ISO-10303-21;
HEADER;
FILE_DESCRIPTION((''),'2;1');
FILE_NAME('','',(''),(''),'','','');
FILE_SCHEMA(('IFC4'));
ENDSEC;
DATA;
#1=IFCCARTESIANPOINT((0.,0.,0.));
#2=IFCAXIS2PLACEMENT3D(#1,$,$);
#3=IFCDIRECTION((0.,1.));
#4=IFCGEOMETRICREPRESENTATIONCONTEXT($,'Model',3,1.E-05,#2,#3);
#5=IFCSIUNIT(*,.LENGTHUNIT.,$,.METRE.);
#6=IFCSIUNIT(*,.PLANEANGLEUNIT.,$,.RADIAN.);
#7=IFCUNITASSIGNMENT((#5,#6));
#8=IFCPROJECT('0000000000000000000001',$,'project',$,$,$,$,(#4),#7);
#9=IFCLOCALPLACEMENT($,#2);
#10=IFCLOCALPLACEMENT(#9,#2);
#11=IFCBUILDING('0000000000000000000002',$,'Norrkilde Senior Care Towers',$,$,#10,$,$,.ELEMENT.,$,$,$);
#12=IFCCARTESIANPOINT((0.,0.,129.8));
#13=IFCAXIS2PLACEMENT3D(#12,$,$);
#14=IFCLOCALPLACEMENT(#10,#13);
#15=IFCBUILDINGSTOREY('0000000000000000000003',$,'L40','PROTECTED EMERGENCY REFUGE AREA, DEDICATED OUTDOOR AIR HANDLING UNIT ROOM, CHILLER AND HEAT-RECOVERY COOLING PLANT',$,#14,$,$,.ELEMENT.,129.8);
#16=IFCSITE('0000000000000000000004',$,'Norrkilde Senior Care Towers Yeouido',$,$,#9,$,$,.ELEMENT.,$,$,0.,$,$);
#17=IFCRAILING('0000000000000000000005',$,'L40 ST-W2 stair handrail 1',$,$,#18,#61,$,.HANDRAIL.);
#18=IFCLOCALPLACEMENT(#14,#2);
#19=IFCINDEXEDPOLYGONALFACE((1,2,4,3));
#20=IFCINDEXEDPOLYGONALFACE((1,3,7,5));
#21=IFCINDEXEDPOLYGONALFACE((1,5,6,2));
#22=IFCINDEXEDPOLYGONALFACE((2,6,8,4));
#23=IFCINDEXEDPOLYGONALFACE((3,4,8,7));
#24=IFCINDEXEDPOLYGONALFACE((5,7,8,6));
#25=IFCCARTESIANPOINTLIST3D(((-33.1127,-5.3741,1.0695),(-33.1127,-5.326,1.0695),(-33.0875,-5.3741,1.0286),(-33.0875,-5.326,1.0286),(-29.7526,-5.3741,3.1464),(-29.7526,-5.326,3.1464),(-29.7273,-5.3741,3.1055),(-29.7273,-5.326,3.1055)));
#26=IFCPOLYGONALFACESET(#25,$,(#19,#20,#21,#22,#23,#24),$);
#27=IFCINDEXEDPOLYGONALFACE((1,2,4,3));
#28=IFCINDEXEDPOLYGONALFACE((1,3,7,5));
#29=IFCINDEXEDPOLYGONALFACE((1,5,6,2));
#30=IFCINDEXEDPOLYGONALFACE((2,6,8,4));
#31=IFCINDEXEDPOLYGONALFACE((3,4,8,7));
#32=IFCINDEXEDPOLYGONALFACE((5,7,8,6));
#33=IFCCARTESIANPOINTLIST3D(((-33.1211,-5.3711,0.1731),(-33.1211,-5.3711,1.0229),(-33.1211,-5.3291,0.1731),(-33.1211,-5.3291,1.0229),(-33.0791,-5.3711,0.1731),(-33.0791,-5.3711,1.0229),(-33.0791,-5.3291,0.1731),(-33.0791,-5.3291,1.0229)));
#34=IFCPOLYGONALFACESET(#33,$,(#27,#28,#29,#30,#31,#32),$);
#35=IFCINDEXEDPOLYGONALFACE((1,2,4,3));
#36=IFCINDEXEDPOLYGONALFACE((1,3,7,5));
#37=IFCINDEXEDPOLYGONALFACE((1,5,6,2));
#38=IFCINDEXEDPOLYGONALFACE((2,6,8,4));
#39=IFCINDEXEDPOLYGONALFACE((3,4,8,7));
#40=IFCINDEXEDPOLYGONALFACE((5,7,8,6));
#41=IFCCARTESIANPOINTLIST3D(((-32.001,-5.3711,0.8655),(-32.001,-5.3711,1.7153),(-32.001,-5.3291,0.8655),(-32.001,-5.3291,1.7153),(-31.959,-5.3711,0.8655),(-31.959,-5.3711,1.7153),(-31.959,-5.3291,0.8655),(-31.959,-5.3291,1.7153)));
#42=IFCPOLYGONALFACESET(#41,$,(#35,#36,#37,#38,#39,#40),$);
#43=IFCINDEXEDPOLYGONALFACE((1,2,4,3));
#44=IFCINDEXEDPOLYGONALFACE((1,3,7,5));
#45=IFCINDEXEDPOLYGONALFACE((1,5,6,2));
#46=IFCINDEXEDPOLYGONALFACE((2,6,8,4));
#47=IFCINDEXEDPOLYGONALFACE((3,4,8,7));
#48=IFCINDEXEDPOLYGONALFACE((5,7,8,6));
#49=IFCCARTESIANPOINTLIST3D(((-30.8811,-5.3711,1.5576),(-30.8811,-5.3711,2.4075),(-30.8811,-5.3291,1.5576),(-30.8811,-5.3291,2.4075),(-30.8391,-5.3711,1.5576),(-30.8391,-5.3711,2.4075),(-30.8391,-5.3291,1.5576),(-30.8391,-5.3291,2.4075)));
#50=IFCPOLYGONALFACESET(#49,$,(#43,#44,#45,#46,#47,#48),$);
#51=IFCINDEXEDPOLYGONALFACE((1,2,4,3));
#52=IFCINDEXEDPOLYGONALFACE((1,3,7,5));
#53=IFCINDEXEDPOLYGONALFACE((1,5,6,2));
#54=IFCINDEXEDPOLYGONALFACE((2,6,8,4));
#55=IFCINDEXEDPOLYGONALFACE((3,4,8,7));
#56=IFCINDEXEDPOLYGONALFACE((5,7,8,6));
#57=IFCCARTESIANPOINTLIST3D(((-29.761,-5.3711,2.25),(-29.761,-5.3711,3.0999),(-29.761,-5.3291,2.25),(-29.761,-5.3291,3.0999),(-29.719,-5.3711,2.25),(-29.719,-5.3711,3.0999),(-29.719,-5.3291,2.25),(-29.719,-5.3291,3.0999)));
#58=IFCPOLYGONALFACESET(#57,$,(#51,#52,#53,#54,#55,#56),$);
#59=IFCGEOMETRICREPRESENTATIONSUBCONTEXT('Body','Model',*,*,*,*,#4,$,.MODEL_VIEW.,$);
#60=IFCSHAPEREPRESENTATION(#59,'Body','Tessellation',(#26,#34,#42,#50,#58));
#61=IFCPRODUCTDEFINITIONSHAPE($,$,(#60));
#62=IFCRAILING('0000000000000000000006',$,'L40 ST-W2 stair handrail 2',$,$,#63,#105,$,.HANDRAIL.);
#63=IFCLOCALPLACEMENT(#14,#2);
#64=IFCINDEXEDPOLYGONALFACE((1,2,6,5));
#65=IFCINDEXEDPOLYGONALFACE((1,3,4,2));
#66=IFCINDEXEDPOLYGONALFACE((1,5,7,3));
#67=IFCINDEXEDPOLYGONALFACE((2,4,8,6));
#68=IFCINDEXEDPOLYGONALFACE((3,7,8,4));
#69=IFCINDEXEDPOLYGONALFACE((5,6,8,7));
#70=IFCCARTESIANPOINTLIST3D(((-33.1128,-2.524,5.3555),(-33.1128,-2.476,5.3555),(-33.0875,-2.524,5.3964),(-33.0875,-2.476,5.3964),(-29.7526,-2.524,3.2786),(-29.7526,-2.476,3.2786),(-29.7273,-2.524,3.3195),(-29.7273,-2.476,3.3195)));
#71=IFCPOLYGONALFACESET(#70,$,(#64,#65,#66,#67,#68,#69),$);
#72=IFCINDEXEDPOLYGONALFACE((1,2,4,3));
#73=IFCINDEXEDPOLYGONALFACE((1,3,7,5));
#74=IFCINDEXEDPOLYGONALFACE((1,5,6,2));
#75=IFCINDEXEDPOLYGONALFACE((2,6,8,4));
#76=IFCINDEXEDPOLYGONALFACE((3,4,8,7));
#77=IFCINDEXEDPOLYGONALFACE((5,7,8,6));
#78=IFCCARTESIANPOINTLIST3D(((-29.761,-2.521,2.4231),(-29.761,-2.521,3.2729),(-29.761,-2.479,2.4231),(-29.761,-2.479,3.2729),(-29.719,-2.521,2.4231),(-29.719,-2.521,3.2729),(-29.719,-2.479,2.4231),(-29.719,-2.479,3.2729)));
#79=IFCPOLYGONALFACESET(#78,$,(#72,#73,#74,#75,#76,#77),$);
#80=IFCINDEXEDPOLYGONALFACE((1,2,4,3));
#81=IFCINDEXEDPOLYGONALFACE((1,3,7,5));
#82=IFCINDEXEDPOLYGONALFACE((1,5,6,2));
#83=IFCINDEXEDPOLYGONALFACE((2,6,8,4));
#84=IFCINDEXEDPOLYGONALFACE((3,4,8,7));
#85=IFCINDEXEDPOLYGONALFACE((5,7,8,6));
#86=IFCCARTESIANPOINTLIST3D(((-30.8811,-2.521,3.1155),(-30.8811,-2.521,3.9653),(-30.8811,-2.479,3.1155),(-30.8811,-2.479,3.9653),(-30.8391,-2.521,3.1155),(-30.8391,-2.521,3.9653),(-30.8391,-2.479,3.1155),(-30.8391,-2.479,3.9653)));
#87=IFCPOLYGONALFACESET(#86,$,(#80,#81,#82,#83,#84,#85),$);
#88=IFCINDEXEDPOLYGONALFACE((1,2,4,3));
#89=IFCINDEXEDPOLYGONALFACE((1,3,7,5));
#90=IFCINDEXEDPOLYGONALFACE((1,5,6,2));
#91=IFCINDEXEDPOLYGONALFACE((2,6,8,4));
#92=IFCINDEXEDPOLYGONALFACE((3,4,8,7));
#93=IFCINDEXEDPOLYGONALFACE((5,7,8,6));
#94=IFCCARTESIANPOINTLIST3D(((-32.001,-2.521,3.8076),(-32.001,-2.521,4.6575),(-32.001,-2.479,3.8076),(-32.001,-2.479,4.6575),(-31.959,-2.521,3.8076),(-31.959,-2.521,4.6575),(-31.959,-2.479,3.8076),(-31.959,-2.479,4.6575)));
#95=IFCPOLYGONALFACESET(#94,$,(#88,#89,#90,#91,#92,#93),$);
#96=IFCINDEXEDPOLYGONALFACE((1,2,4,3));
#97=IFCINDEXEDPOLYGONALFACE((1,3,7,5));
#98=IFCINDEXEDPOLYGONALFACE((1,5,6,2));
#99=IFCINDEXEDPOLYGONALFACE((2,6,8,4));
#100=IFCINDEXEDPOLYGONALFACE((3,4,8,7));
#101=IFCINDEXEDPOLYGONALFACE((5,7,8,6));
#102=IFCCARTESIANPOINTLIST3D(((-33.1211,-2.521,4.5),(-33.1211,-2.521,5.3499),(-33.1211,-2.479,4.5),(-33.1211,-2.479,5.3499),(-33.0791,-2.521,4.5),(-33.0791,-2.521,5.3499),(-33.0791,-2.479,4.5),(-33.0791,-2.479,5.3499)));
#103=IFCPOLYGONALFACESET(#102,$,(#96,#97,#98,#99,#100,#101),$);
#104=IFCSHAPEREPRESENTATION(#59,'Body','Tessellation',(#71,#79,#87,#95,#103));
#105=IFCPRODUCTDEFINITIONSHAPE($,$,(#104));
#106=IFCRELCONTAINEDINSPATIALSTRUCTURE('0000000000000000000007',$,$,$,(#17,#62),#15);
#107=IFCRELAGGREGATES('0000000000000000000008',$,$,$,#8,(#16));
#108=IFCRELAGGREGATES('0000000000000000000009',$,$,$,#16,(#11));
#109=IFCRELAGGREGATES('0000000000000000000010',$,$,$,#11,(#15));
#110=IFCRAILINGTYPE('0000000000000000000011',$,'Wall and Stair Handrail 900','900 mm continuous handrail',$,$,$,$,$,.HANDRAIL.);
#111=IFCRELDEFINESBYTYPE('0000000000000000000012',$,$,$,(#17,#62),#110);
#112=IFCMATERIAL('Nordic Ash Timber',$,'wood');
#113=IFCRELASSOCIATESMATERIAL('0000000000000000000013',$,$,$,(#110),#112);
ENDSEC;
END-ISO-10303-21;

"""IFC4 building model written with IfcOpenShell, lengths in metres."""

from ifc_helpers import new_model, si_unit, direction, frame, origin, origin_2d, place, context, subcontext, project, spatial, rectangle, extrude, material, type_object, element, save


model = new_model("IFC4")

# Units and contexts
model_context = context("Model", 3, precision=1e-05, world=origin(), true_north=direction((0.0, 1.0)))
body_context = subcontext(model_context, "Body", "Model", "MODEL_VIEW")
ifc_project = project(units=[si_unit("LENGTHUNIT", "METRE"), si_unit("PLANEANGLEUNIT", "RADIAN")], contexts=[model_context])

# Site, building, storey
site_placement = place(None, origin())
site = spatial("IfcSite", under=ifc_project, at=site_placement, Name="Norrkilde Senior Care Towers Yeouido", CompositionType="ELEMENT", RefElevation=0.0)
building_placement = place(site_placement, origin())
building = spatial("IfcBuilding", under=site, at=building_placement, Name="Norrkilde Senior Care Towers", CompositionType="ELEMENT")
storey_placement = place(building_placement, frame((0.0, 0.0, 129.8)))
storey = spatial("IfcBuildingStorey", under=building, at=storey_placement, Name="L40", Description="PROTECTED EMERGENCY REFUGE AREA, DEDICATED OUTDOOR AIR HANDLING UNIT ROOM, CHILLER AND HEAT-RECOVERY COOLING PLANT", CompositionType="ELEMENT", Elevation=129.8)

# Railings
ifc_material_1 = material(Name="Nordic Ash Timber", Category="wood")
railing_type_1 = type_object("IfcRailingType", Name="Wall and Stair Handrail 900", Description="900 mm continuous handrail", PredefinedType="HANDRAIL", material=ifc_material_1)
railing_1_placement = place(storey_placement, frame((-33.1001, -5.3501, 0.1731)))
element("IfcRailing", 1, at=railing_1_placement, inside=storey, type_object=railing_type_1, Name="L40 ST-W2 stair handrail 1", PredefinedType="HANDRAIL", context=body_context, shape_type="SweptSolid", body=[
    extrude(rectangle(XDim=0.0481, YDim=0.0481, at=origin_2d()), frame((0.0, 0.0, 0.876), z_axis=(0.850623, 0.0, 0.525776), x_axis=(0.0, 1.0, 0.0)), (0.0, 0.0, 1.0), 3.9502),
    extrude(rectangle(XDim=0.042, YDim=0.042, at=origin_2d()), origin(), (0.0, 0.0, 1.0), 0.8499),
    extrude(rectangle(XDim=0.042, YDim=0.042, at=origin_2d()), frame((1.1201, 0.0, 0.6924)), (0.0, 0.0, 1.0), 0.8499),
    extrude(rectangle(XDim=0.042, YDim=0.042, at=origin_2d()), frame((2.24, 0.0, 1.3845)), (0.0, 0.0, 1.0), 0.8499),
    extrude(rectangle(XDim=0.042, YDim=0.042, at=origin_2d()), frame((3.3601, 0.0, 2.0769)), (0.0, 0.0, 1.0), 0.8499),
])
railing_2_placement = place(storey_placement, frame((-29.74, -2.5, 2.4231)))
element("IfcRailing", 2, at=railing_2_placement, inside=storey, type_object=railing_type_1, Name="L40 ST-W2 stair handrail 2", PredefinedType="HANDRAIL", context=body_context, shape_type="SweptSolid", body=[
    extrude(rectangle(XDim=0.0481, YDim=0.0481, at=origin_2d()), frame((0.0, 0.0, 0.876), z_axis=(-0.850623, 0.0, 0.525776), x_axis=(0.0, -1.0, 0.0)), (0.0, 0.0, 1.0), 3.9502),
    extrude(rectangle(XDim=0.042, YDim=0.042, at=origin_2d()), origin(), (0.0, 0.0, 1.0), 0.8499),
    extrude(rectangle(XDim=0.042, YDim=0.042, at=origin_2d()), frame((-1.1201, 0.0, 0.6924)), (0.0, 0.0, 1.0), 0.8499),
    extrude(rectangle(XDim=0.042, YDim=0.042, at=origin_2d()), frame((-2.24, 0.0, 1.3845)), (0.0, 0.0, 1.0), 0.8499),
    extrude(rectangle(XDim=0.042, YDim=0.042, at=origin_2d()), frame((-3.3601, 0.0, 2.0769)), (0.0, 0.0, 1.0), 0.8499),
])

save(model, "model.ifc")
